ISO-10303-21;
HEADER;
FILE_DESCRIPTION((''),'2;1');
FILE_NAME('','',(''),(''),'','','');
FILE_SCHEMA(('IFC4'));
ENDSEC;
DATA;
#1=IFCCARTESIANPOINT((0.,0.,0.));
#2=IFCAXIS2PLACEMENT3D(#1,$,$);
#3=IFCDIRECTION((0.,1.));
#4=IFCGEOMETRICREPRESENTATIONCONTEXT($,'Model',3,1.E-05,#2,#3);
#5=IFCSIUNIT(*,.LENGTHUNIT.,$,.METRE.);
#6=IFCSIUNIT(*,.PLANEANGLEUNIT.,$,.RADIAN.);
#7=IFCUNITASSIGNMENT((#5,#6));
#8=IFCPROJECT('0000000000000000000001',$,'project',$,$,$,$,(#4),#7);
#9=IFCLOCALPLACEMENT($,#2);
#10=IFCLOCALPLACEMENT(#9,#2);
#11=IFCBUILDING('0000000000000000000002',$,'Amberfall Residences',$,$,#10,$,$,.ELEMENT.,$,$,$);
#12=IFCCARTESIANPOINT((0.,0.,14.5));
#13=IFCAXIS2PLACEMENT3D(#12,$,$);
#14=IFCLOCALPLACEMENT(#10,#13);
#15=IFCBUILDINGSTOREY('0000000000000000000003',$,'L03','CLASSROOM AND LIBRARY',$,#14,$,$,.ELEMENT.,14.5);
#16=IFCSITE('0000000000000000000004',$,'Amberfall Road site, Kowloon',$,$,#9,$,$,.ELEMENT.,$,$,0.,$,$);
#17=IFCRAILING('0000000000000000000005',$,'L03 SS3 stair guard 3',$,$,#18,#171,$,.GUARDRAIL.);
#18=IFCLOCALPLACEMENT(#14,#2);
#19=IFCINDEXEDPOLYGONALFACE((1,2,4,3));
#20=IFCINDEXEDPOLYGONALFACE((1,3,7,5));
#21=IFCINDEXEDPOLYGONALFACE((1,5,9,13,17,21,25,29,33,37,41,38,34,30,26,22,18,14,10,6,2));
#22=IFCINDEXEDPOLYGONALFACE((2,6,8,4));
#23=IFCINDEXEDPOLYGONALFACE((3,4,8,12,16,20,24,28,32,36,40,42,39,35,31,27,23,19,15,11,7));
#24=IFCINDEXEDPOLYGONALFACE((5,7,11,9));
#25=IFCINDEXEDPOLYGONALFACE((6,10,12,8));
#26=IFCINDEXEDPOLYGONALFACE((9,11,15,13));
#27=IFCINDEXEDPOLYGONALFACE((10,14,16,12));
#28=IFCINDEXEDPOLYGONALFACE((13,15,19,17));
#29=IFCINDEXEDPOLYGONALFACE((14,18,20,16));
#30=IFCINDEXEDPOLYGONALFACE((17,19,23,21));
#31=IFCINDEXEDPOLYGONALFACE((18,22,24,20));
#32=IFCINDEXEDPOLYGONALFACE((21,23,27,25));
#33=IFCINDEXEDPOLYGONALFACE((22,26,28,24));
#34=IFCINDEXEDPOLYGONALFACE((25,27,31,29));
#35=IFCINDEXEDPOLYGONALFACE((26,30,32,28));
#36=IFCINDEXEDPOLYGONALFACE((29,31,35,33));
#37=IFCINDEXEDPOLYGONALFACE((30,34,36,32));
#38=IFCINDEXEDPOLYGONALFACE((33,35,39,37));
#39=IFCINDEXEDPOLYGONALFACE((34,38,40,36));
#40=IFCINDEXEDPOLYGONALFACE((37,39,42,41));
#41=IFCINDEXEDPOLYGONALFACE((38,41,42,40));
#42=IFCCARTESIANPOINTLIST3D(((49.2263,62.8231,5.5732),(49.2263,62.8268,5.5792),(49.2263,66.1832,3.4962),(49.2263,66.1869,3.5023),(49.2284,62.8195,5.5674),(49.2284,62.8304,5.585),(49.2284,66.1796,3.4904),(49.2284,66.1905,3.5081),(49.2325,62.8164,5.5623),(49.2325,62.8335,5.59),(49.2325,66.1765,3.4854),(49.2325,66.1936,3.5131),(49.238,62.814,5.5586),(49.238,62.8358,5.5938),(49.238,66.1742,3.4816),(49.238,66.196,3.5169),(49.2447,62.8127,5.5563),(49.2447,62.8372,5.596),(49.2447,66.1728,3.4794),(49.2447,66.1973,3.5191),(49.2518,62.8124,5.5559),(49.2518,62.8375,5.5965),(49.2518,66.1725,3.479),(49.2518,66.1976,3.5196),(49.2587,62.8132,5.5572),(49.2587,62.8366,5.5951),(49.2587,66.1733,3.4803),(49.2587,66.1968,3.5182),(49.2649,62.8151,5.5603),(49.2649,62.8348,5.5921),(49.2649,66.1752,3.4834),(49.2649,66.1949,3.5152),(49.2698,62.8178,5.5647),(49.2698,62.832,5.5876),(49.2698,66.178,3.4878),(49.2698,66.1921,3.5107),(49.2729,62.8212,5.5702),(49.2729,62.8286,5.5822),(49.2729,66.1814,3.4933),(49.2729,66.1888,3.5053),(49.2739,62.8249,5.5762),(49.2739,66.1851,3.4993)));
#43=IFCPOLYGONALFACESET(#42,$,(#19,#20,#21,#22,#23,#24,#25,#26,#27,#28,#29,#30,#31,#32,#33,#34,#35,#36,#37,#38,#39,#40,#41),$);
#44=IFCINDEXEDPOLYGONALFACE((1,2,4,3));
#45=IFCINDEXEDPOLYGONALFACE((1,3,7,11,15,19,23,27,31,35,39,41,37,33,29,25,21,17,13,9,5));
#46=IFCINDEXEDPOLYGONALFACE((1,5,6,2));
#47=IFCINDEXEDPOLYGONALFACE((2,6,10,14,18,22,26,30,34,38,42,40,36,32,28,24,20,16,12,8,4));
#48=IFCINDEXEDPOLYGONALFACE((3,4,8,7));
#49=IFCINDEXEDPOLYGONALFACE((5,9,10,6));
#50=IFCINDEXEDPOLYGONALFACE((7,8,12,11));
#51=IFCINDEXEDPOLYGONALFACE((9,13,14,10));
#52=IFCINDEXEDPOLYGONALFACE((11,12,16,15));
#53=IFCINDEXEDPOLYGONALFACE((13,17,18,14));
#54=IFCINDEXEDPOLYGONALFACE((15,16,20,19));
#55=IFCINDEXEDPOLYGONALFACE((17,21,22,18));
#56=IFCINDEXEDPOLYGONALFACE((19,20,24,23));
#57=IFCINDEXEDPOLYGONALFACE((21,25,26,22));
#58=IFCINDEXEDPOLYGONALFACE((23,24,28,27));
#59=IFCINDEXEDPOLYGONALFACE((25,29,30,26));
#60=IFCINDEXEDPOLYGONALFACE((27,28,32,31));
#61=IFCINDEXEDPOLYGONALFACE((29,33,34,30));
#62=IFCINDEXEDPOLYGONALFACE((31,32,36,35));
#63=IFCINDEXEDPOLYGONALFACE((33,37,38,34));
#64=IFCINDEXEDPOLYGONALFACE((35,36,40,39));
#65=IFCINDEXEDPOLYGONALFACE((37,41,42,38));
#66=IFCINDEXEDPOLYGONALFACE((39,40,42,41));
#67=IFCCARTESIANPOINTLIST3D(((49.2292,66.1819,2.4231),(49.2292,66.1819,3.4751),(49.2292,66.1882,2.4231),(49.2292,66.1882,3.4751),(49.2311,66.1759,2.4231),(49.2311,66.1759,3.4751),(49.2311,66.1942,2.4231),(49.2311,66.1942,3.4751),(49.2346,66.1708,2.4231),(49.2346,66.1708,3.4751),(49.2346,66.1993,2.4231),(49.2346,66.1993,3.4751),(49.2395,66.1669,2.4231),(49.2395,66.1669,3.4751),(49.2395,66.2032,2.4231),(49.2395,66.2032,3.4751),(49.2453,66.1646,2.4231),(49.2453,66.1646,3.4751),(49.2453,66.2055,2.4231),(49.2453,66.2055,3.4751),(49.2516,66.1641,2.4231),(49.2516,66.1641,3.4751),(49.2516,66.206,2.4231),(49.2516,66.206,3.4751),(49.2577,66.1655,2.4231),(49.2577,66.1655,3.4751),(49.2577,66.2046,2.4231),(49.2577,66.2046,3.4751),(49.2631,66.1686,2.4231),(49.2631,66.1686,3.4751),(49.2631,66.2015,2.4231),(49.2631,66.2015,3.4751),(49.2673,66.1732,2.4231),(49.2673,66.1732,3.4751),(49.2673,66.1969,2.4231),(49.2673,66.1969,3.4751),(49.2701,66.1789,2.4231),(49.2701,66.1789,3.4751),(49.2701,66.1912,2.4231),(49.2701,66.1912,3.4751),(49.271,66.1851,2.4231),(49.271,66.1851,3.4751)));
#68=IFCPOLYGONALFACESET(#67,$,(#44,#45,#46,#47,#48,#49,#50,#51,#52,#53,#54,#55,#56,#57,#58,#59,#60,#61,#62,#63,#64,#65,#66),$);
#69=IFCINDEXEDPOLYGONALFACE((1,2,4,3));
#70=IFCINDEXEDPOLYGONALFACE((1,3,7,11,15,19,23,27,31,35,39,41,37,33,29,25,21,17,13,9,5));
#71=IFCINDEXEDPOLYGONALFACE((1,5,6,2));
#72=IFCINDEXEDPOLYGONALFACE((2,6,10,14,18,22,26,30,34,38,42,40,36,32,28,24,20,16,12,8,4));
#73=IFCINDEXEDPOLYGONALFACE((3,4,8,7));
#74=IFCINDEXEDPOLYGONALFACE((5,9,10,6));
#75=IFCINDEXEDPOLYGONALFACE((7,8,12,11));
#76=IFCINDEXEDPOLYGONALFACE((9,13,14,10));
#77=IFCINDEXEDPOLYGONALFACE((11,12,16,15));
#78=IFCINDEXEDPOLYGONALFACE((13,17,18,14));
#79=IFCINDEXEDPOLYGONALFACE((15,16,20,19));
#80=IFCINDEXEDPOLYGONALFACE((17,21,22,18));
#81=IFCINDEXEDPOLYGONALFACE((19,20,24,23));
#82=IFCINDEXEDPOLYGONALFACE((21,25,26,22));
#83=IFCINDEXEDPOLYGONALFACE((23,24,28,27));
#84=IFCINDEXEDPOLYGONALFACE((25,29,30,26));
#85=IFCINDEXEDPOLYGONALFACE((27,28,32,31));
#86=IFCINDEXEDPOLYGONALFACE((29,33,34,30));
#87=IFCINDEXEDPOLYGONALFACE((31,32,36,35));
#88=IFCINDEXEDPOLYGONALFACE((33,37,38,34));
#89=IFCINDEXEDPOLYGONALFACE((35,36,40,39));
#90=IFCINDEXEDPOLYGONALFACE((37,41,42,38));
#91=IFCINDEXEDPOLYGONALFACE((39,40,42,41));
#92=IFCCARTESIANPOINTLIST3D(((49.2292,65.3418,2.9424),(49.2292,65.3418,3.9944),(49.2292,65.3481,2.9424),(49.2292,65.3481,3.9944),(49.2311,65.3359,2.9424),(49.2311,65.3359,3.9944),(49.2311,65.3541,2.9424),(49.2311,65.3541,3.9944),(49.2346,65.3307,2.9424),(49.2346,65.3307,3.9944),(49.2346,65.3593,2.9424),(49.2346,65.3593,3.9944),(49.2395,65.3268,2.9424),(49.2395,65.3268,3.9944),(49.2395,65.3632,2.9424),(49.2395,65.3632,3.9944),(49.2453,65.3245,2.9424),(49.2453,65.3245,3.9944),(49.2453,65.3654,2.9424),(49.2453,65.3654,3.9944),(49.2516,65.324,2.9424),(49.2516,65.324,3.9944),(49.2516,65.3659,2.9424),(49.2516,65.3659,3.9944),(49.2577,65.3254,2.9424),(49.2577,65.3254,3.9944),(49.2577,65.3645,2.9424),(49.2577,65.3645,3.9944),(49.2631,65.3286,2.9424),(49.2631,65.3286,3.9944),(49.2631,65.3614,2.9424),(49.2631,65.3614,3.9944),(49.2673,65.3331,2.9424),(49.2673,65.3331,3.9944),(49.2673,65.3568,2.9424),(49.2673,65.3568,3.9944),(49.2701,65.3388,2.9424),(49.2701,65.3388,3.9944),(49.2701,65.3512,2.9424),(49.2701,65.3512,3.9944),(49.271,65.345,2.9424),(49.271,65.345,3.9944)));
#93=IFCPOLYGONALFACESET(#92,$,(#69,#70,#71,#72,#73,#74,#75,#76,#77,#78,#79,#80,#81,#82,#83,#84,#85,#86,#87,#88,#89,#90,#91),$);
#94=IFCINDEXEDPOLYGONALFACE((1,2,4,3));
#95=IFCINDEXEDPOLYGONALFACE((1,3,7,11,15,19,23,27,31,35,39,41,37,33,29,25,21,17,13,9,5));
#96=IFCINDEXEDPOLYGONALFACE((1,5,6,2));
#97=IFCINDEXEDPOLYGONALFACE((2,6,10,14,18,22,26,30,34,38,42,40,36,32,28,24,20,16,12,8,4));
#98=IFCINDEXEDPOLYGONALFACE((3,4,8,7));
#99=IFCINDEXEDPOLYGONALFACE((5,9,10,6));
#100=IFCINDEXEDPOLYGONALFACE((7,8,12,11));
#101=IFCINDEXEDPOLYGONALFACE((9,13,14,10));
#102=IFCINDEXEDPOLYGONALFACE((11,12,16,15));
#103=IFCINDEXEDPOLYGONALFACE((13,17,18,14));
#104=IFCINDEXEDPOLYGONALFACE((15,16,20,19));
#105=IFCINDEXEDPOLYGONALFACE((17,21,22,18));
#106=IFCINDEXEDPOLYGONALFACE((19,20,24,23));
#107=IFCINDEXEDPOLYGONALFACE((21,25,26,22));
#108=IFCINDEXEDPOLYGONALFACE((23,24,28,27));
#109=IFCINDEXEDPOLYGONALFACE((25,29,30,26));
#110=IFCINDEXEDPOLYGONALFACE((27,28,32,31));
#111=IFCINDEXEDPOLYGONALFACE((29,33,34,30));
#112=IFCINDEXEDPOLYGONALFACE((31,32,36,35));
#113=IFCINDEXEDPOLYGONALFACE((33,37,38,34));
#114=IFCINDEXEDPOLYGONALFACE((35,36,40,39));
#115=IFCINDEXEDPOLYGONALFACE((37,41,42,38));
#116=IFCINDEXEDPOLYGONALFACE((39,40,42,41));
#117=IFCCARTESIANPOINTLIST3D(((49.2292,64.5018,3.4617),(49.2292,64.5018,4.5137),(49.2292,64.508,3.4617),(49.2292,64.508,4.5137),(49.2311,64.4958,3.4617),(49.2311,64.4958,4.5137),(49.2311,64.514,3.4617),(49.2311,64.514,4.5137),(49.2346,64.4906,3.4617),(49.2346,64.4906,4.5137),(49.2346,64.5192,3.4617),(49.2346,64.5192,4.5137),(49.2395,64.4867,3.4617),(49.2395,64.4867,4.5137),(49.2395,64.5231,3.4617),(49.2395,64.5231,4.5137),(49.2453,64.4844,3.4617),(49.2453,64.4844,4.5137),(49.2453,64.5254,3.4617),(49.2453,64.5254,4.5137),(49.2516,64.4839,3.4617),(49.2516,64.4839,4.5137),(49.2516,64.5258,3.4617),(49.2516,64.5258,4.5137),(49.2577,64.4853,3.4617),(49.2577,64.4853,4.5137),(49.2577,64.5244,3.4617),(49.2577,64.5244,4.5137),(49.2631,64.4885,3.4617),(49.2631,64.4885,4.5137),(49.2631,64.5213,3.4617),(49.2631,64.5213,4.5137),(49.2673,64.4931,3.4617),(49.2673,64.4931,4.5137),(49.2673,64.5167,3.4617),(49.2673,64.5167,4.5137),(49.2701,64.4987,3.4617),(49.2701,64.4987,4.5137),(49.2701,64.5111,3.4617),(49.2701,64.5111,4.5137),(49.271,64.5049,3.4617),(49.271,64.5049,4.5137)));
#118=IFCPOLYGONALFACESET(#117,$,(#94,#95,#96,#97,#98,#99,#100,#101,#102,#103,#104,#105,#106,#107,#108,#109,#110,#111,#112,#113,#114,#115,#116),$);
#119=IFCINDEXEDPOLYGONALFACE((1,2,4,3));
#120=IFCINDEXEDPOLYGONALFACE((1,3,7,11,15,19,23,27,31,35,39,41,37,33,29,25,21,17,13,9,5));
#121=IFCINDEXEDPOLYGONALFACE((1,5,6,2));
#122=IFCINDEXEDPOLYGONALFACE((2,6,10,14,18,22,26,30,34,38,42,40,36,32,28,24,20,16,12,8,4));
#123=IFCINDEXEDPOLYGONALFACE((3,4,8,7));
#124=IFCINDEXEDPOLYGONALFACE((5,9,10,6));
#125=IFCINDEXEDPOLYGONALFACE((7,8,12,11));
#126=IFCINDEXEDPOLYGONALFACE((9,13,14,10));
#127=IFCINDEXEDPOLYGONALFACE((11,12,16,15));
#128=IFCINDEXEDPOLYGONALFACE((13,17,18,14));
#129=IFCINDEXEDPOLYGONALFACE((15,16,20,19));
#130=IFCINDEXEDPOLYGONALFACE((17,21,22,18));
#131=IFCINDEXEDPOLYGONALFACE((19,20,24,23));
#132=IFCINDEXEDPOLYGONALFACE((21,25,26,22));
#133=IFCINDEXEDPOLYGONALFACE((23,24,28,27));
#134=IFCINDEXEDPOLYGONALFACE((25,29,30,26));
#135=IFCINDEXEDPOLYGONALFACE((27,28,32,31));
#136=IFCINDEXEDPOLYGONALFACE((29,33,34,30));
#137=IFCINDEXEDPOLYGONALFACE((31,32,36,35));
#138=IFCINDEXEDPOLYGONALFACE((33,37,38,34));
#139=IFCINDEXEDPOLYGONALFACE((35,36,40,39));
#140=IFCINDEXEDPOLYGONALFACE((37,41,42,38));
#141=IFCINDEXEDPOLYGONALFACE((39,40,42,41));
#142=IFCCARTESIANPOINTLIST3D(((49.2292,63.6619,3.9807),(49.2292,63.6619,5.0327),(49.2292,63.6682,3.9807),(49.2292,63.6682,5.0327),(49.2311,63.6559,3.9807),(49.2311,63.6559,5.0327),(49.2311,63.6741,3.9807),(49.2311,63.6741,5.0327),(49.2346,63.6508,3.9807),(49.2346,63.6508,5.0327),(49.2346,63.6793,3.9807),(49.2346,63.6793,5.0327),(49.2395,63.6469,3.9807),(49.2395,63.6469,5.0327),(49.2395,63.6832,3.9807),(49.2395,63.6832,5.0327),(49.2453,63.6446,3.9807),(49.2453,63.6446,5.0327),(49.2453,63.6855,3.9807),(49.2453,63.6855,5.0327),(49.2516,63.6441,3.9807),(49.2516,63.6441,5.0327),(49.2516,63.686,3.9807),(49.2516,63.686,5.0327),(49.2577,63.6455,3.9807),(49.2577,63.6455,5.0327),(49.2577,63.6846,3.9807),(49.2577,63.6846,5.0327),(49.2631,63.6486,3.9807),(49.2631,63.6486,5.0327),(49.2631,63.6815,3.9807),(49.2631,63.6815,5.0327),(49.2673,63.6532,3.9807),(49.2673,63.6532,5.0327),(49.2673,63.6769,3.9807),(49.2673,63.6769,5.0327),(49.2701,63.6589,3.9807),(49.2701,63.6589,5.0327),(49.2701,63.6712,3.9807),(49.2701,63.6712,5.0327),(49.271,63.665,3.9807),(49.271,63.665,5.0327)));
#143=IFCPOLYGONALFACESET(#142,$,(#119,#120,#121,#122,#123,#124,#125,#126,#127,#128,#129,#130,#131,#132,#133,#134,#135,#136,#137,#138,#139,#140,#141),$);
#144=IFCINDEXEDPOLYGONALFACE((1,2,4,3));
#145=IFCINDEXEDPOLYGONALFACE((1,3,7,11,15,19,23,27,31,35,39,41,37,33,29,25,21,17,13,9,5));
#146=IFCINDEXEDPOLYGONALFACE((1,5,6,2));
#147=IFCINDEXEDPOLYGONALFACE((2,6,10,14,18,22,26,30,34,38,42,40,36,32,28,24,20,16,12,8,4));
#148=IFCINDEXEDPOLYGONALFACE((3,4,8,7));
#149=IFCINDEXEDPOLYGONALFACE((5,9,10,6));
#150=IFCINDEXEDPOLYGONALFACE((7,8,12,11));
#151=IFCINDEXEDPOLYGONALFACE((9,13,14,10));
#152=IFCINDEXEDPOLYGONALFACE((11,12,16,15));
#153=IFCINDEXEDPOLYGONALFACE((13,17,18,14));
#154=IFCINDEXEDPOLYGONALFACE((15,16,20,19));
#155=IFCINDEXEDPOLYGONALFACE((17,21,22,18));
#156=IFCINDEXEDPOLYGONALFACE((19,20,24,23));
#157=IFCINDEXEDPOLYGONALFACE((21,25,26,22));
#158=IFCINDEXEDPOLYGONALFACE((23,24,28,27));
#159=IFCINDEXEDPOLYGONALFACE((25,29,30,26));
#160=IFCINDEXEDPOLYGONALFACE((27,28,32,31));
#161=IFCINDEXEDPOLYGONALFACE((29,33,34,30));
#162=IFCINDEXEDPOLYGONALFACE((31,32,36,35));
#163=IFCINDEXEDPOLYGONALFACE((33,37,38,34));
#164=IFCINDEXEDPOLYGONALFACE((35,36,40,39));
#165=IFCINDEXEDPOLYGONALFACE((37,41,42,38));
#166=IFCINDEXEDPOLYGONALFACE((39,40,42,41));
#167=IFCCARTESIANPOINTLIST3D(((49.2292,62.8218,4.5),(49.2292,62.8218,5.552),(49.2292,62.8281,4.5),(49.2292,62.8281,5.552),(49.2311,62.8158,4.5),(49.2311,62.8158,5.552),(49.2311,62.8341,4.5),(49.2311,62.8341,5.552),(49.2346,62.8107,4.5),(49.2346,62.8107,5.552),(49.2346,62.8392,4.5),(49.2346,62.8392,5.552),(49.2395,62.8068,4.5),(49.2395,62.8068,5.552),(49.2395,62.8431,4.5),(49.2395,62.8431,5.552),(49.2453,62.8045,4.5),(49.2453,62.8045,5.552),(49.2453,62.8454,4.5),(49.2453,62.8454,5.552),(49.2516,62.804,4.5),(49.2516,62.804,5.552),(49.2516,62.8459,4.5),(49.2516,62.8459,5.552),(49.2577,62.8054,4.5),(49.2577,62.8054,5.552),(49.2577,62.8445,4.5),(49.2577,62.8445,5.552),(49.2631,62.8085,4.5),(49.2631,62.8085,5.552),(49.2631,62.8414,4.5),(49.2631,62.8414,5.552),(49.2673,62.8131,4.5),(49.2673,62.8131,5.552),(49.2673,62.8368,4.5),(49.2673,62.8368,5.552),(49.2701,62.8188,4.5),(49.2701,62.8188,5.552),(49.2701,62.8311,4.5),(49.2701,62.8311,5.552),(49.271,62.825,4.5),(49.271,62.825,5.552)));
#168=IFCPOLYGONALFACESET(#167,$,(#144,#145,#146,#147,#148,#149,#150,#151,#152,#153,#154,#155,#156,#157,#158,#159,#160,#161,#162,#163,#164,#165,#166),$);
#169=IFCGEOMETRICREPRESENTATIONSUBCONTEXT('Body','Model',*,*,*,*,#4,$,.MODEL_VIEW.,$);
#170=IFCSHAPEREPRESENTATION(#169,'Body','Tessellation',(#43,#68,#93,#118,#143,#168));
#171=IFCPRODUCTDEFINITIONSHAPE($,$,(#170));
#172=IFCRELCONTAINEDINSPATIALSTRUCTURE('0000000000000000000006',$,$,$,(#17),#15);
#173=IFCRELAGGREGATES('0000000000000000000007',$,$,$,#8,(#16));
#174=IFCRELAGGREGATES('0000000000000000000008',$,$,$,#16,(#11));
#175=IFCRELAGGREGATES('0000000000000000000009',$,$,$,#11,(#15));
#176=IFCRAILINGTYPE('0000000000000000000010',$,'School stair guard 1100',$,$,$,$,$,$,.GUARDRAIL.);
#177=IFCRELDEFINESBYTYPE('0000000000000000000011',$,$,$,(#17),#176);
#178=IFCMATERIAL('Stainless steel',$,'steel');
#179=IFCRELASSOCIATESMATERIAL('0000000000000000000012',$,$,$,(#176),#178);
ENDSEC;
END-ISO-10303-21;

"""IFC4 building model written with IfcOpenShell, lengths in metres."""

from ifc_helpers import new_model, si_unit, direction, frame, origin, origin_2d, place, context, subcontext, project, spatial, circle, extrude, material, type_object, element, save


model = new_model("IFC4")

# Units and contexts
model_context = context("Model", 3, precision=1e-05, world=origin(), true_north=direction((0.0, 1.0)))
body_context = subcontext(model_context, "Body", "Model", "MODEL_VIEW")
ifc_project = project(units=[si_unit("LENGTHUNIT", "METRE"), si_unit("PLANEANGLEUNIT", "RADIAN")], contexts=[model_context])

# Site, building, storey
site_placement = place(None, origin())
site = spatial("IfcSite", under=ifc_project, at=site_placement, Name="Amberfall Road site, Kowloon", CompositionType="ELEMENT", RefElevation=0.0)
building_placement = place(site_placement, origin())
building = spatial("IfcBuilding", under=site, at=building_placement, Name="Amberfall Residences", CompositionType="ELEMENT")
storey_placement = place(building_placement, frame((0.0, 0.0, 14.5)))
storey = spatial("IfcBuildingStorey", under=building, at=storey_placement, Name="L03", Description="CLASSROOM AND LIBRARY", CompositionType="ELEMENT", Elevation=14.5)

# Railing
ifc_material_1 = material(Name="Stainless steel", Category="steel")
railing_type_1 = type_object("IfcRailingType", Name="School stair guard 1100", PredefinedType="GUARDRAIL", material=ifc_material_1)
railing_1_placement = place(storey_placement, frame((49.25, 66.1851, 2.4231)))
element("IfcRailing", 1, at=railing_1_placement, inside=storey, type_object=railing_type_1, Name="L03 SS3 stair guard 3", PredefinedType="GUARDRAIL", context=body_context, shape_type="SweptSolid", body=[
    extrude(circle(Radius=0.0239, at=origin_2d()), frame((0.0, 0.0, 1.0762), z_axis=(0.0, -0.850623, 0.525776), x_axis=(1.0, 0.0, 0.0)), (0.0, 0.0, 1.0), 3.9502),
    extrude(circle(Radius=0.021, at=origin_2d()), origin(), (0.0, 0.0, 1.0), 1.052),
    extrude(circle(Radius=0.021, at=origin_2d()), frame((0.0, -0.8401, 0.5193)), (0.0, 0.0, 1.0), 1.052),
    extrude(circle(Radius=0.021, at=origin_2d()), frame((0.0, -1.6802, 1.0386)), (0.0, 0.0, 1.0), 1.052),
    extrude(circle(Radius=0.021, at=origin_2d()), frame((0.0, -2.52, 1.5576)), (0.0, 0.0, 1.0), 1.052),
    extrude(circle(Radius=0.021, at=origin_2d()), frame((0.0, -3.3601, 2.0769)), (0.0, 0.0, 1.0), 1.052),
])

save(model, "model.ifc")
